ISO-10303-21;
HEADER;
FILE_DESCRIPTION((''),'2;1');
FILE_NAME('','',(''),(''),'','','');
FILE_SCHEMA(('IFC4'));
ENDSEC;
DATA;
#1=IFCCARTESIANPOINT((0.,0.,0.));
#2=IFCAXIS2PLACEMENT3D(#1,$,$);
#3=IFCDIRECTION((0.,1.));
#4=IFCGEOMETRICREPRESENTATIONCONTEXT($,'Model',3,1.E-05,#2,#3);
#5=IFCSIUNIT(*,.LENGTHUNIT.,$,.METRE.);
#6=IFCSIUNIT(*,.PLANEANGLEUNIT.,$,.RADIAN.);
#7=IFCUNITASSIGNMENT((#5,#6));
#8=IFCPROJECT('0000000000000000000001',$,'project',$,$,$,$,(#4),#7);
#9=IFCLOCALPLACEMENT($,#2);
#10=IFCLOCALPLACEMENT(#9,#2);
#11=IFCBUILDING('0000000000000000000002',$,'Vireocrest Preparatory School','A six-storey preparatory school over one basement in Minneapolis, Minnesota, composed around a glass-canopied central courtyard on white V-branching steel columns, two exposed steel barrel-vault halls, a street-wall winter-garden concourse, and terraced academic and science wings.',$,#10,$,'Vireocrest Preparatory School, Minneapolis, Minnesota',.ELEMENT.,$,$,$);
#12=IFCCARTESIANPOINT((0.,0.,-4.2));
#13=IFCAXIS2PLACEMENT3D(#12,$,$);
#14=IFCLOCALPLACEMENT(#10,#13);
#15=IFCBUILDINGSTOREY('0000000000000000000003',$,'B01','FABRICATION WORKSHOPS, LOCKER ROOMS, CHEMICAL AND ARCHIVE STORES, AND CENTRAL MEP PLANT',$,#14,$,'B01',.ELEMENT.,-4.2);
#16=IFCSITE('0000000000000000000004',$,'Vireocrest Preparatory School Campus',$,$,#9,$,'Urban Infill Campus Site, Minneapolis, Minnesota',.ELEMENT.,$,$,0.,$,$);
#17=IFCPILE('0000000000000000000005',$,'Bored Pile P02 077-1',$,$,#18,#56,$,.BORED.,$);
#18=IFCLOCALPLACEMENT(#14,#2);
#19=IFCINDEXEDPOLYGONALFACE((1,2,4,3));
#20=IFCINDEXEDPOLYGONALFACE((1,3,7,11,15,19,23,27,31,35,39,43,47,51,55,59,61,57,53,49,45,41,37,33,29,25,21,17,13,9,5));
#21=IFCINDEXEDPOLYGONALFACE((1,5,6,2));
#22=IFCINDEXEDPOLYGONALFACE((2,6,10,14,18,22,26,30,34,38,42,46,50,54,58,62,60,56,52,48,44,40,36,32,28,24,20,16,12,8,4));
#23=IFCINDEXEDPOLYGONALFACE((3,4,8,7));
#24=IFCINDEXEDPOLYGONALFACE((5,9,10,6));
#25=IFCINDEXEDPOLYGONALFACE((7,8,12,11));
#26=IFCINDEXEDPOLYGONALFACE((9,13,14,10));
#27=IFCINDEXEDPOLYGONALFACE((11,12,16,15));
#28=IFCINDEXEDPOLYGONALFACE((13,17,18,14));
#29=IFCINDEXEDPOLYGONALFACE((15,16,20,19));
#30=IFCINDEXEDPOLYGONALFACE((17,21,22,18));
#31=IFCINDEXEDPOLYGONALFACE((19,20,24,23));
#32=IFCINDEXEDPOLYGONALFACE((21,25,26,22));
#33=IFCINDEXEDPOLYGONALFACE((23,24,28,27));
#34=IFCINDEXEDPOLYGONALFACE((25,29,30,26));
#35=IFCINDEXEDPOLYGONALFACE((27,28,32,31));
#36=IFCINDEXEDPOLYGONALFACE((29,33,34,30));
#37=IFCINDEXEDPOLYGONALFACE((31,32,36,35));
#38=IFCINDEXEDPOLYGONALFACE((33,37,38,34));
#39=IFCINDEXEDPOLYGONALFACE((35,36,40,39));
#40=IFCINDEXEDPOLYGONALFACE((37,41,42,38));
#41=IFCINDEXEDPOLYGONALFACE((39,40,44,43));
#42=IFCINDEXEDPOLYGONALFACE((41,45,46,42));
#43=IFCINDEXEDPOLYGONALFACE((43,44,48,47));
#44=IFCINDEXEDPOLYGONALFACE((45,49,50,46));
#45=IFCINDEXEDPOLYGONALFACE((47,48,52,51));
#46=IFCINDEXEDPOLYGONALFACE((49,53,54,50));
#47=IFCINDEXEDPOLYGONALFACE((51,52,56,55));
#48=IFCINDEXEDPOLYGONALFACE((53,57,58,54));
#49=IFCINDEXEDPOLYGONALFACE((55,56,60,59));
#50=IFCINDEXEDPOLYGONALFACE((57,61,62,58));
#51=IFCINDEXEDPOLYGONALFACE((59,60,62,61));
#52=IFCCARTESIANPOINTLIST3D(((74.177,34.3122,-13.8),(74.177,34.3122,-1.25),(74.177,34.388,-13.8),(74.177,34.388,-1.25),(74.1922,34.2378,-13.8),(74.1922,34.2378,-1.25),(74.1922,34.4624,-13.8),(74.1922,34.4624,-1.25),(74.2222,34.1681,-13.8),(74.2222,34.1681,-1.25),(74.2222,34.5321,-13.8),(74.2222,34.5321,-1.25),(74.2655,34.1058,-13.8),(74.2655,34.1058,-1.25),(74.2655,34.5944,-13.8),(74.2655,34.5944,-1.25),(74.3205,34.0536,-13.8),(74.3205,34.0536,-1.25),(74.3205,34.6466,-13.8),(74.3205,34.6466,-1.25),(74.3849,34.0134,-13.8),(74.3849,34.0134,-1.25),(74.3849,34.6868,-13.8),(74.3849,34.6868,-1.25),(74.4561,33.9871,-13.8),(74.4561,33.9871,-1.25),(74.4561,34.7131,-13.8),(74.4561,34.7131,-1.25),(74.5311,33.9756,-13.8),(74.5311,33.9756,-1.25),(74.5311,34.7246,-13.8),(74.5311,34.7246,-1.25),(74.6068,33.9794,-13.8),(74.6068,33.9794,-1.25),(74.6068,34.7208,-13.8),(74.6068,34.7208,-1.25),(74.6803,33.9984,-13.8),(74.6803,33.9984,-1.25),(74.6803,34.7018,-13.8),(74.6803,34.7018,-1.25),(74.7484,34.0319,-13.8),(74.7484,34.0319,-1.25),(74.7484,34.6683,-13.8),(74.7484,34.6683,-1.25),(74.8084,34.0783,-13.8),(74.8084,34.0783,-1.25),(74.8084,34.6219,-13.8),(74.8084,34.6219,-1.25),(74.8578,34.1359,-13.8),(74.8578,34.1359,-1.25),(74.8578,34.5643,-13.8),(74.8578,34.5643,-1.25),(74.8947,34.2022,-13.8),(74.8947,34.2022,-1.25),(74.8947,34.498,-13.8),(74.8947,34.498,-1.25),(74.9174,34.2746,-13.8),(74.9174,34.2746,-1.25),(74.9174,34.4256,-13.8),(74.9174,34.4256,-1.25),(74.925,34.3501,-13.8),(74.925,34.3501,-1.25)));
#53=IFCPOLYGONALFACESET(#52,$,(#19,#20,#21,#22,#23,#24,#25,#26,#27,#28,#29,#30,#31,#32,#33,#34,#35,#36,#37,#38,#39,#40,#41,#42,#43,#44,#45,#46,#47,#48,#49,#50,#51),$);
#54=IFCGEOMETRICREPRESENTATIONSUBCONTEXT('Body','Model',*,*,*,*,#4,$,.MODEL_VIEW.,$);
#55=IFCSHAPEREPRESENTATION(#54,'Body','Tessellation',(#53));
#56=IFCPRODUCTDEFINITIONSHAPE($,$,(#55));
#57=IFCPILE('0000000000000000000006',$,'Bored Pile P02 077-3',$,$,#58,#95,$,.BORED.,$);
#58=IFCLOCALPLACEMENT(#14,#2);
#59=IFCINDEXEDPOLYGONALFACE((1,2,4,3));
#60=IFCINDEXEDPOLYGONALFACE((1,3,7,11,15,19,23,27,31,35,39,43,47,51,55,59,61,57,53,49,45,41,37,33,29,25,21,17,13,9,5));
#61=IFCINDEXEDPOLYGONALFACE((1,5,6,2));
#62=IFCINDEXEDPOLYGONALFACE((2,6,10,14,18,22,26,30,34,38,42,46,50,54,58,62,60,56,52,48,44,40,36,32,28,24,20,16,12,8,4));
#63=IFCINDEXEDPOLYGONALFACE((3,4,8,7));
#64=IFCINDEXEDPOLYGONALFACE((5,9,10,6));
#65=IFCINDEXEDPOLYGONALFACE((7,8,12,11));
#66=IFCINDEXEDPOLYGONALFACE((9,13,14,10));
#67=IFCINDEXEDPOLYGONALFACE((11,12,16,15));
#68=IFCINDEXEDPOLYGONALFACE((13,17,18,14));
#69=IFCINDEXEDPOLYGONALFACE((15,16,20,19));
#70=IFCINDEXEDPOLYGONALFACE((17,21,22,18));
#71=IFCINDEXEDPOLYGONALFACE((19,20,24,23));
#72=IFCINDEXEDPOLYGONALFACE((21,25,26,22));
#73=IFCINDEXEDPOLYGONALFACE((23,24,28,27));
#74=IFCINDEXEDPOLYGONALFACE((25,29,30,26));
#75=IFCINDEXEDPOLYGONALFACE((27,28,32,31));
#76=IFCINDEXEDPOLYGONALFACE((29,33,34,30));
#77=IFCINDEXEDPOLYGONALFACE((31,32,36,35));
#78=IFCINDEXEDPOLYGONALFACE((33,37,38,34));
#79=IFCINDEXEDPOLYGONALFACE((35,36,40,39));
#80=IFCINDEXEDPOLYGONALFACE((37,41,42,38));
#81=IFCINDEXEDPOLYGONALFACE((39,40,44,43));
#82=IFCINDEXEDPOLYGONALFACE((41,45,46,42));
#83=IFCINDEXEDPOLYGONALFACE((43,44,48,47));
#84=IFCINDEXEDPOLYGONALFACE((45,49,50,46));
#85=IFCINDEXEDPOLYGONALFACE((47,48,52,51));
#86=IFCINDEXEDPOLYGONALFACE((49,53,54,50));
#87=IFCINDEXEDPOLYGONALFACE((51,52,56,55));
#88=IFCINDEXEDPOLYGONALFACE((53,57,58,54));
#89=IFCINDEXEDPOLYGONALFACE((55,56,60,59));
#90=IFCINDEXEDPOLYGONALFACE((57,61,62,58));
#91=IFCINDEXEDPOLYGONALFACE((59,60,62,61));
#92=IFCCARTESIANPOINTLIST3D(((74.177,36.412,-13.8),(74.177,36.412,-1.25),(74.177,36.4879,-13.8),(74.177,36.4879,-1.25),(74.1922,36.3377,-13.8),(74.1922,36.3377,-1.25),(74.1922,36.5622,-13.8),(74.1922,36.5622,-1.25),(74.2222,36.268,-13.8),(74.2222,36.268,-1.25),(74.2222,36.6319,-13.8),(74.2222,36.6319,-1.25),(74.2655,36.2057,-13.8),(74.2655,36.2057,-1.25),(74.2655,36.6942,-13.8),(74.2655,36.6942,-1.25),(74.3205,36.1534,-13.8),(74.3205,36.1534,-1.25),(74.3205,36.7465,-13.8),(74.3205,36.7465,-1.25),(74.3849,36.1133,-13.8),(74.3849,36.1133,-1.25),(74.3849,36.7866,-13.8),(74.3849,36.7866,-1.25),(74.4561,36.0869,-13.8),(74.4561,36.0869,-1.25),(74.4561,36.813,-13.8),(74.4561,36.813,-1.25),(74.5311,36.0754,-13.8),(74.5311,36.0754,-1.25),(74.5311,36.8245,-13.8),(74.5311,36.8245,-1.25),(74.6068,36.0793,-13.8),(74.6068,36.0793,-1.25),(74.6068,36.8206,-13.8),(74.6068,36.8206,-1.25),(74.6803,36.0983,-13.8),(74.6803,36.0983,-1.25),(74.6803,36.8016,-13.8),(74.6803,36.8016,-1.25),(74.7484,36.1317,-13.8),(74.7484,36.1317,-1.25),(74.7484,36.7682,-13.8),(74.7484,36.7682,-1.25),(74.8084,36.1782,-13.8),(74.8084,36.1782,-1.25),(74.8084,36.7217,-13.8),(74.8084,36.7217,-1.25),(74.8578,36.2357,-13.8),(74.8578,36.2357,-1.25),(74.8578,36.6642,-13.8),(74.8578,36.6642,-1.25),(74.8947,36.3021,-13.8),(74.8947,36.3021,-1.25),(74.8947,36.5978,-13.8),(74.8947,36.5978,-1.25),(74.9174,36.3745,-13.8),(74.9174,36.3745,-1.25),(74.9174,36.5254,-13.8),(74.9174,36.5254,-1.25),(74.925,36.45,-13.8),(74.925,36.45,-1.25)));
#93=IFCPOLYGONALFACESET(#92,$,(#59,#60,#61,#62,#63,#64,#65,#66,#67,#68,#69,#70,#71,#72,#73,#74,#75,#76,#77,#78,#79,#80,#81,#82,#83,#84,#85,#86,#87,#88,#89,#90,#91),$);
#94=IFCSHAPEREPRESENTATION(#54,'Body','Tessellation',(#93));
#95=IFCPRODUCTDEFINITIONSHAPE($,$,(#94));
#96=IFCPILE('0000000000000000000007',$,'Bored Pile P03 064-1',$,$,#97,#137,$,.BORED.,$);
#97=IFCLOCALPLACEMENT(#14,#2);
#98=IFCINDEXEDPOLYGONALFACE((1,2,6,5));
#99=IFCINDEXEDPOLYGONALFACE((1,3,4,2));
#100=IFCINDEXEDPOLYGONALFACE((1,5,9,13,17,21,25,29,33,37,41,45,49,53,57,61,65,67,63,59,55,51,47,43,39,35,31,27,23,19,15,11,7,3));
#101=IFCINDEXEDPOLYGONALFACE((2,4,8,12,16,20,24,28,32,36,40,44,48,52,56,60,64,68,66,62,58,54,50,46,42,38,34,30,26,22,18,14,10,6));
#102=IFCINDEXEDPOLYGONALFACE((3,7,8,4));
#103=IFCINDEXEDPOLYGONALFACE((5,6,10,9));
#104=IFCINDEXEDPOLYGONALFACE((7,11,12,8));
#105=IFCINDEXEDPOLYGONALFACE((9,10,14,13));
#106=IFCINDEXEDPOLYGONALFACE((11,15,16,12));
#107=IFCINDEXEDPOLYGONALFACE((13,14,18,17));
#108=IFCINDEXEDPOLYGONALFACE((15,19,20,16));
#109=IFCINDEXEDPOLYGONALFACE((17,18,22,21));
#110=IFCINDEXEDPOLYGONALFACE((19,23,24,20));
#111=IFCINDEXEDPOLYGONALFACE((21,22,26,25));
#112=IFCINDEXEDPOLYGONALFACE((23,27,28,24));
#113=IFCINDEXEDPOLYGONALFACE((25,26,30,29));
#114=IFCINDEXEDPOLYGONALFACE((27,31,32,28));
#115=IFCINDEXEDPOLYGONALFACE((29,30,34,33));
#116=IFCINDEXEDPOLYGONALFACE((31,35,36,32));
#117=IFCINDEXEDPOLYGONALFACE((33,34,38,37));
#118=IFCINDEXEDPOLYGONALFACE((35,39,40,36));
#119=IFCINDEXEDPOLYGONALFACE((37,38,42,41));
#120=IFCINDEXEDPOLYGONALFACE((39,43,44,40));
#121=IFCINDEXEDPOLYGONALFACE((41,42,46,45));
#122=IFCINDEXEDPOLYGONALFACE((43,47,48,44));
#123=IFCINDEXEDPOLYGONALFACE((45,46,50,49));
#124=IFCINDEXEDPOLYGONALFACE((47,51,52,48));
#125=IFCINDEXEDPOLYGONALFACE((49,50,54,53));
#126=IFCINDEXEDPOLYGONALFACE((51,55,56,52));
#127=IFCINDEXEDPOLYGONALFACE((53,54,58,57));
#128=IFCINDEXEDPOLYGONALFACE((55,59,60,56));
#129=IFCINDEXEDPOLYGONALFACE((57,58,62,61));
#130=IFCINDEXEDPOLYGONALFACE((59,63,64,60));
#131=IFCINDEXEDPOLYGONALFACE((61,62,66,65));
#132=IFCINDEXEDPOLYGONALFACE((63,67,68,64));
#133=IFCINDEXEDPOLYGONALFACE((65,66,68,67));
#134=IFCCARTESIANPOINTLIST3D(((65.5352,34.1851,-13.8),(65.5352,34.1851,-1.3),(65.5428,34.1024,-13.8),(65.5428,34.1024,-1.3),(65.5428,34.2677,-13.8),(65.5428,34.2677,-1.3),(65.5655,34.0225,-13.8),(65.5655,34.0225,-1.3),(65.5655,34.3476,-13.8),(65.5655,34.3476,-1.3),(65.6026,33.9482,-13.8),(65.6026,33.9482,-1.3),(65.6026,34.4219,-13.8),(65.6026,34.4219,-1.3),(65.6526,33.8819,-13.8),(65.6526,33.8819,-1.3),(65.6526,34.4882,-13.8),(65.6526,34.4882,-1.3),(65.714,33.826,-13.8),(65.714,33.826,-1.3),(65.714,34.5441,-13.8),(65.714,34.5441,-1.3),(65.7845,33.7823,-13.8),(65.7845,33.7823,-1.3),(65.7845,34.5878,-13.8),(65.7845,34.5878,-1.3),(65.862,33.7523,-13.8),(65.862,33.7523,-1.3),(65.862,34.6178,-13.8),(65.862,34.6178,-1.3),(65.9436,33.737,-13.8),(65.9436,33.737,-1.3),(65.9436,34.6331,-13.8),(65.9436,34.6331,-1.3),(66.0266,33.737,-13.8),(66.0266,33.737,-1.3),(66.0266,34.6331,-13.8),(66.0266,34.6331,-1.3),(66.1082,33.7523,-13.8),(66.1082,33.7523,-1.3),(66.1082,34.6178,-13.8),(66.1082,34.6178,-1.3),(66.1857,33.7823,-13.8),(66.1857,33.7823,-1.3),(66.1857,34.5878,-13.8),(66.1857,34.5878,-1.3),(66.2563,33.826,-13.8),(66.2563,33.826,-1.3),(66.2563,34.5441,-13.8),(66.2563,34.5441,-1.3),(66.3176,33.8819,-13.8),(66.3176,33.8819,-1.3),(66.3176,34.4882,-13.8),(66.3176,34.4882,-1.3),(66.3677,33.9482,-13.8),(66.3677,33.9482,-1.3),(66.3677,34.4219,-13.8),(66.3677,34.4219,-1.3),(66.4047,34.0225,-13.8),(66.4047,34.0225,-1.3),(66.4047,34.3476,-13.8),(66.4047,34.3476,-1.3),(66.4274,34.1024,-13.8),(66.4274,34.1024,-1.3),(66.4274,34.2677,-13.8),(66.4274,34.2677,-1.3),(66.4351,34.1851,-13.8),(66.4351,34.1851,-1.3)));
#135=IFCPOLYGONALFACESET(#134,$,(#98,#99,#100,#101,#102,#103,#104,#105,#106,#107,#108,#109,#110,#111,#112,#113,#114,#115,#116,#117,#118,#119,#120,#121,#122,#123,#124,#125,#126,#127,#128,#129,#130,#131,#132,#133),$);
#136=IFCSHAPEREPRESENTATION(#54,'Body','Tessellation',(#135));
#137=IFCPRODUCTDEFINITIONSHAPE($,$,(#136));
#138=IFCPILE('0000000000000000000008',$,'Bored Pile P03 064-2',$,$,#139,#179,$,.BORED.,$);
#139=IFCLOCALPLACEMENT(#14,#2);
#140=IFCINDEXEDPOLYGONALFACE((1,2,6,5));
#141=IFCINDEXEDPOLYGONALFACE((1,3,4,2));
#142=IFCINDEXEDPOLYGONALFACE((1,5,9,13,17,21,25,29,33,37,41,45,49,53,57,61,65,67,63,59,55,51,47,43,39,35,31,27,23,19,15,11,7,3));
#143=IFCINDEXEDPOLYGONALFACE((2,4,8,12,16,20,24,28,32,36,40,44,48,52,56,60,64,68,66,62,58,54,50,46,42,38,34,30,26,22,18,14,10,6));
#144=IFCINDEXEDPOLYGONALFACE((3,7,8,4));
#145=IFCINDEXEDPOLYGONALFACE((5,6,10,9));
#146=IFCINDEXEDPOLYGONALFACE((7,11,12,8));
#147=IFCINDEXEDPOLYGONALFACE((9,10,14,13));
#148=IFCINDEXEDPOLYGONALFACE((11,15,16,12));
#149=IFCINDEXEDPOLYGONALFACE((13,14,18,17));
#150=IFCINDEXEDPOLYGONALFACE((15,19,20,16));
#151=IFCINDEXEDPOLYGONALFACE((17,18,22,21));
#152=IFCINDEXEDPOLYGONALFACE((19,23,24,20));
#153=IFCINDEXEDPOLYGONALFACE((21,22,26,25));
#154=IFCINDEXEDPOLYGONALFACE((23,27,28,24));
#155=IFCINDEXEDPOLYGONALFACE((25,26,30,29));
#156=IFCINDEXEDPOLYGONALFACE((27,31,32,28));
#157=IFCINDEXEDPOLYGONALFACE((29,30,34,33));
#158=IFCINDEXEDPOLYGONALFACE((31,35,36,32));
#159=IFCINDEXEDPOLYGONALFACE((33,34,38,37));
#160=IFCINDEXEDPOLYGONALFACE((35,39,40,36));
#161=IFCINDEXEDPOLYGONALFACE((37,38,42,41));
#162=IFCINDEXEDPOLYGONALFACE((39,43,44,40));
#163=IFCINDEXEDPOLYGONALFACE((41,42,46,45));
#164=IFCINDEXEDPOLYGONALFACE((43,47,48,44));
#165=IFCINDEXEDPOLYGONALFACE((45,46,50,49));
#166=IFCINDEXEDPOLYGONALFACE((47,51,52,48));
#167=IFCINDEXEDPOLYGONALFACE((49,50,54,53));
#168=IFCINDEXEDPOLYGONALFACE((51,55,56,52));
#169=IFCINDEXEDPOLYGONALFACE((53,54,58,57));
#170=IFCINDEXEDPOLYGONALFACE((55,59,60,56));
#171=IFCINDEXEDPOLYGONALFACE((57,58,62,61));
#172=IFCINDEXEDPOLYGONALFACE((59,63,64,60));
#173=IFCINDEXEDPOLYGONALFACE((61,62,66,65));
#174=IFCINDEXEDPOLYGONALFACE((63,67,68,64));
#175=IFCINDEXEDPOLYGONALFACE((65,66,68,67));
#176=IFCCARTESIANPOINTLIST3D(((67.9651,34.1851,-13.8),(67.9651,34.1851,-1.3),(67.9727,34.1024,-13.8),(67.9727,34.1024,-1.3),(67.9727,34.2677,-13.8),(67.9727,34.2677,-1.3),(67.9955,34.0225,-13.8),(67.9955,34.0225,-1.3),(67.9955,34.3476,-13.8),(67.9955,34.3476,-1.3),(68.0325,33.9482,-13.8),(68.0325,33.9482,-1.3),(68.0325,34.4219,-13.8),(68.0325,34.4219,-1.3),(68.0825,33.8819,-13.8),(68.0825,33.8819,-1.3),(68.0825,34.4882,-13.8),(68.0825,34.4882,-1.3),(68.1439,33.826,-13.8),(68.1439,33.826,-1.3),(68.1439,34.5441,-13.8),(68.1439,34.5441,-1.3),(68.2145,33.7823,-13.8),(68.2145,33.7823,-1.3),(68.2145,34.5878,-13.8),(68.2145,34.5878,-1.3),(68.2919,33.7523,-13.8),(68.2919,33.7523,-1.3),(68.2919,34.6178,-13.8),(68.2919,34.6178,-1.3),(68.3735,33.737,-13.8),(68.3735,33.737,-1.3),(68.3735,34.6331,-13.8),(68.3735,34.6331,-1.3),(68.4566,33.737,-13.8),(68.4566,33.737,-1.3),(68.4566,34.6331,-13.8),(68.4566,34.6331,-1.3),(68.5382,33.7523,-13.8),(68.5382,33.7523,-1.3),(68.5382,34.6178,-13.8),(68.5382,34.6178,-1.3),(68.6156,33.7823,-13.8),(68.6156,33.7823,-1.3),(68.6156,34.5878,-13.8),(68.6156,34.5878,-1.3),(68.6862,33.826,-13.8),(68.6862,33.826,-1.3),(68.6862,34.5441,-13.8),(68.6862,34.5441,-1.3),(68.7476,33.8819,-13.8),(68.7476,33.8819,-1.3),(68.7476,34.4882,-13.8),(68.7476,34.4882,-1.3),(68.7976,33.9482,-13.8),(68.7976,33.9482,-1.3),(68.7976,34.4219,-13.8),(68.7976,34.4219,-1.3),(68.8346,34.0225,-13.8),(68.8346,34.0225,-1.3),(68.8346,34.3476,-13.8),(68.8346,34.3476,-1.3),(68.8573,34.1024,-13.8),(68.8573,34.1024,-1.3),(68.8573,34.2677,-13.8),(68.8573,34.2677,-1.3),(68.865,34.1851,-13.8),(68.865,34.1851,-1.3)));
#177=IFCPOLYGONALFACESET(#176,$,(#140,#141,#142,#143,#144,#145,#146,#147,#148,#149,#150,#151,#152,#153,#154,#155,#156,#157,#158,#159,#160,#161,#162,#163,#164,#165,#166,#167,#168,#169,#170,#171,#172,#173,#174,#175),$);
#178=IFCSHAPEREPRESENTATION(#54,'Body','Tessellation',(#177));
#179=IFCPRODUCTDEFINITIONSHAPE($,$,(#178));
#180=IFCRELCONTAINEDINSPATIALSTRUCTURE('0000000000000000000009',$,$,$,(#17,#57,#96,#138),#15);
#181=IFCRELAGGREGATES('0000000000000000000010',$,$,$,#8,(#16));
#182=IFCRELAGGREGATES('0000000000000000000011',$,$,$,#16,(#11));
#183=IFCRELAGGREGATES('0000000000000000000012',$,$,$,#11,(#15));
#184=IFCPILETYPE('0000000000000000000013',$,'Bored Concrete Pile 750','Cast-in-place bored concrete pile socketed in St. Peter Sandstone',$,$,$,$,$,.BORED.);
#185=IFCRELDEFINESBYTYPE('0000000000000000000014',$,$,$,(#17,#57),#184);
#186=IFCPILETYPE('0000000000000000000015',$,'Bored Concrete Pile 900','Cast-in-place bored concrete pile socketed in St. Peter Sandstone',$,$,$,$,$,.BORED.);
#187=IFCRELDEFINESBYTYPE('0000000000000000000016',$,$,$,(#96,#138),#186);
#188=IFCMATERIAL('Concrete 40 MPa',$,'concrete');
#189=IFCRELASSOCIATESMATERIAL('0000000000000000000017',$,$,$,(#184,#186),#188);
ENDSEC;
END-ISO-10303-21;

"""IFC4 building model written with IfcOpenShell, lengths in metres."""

from ifc_helpers import new_model, si_unit, direction, frame, origin, origin_2d, place, context, subcontext, project, spatial, circle, extrude, material, material_profile, profile_set, type_object, element, save


model = new_model("IFC4")

# Units and contexts
model_context = context("Model", 3, precision=1e-05, world=origin(), true_north=direction((0.0, 1.0)))
body_context = subcontext(model_context, "Body", "Model", "MODEL_VIEW")
ifc_project = project(units=[si_unit("LENGTHUNIT", "METRE"), si_unit("PLANEANGLEUNIT", "RADIAN")], contexts=[model_context])

# Site, building, storey
site_placement = place(None, origin())
site = spatial("IfcSite", under=ifc_project, at=site_placement, Name="Vireocrest Preparatory School Campus", LongName="Urban Infill Campus Site, Minneapolis, Minnesota", CompositionType="ELEMENT", RefElevation=0.0)
building_placement = place(site_placement, origin())
building = spatial("IfcBuilding", under=site, at=building_placement, Name="Vireocrest Preparatory School", Description="A six-storey preparatory school over one basement in Minneapolis, Minnesota, composed around a glass-canopied central courtyard on white V-branching steel columns, two exposed steel barrel-vault halls, a street-wall winter-garden concourse, and terraced academic and science wings.", LongName="Vireocrest Preparatory School, Minneapolis, Minnesota", CompositionType="ELEMENT")
storey_placement = place(building_placement, frame((0.0, 0.0, -4.2)))
storey = spatial("IfcBuildingStorey", under=building, at=storey_placement, Name="B01", Description="FABRICATION WORKSHOPS, LOCKER ROOMS, CHEMICAL AND ARCHIVE STORES, AND CENTRAL MEP PLANT", LongName="B01", CompositionType="ELEMENT", Elevation=-4.2)

# Piles
ifc_material_1 = material(Name="Concrete 40 MPa", Category="concrete")
ifc_material_profile_1 = material_profile(ifc_material_1, circle(Radius=0.375, at=origin_2d()), Name="BORED PILE 750")
ifc_profile_set_1 = profile_set([ifc_material_profile_1], Name="Concrete 40 MPa")
pile_type_1 = type_object("IfcPileType", Name="Bored Concrete Pile 750", Description="Cast-in-place bored concrete pile socketed in St. Peter Sandstone", PredefinedType="BORED", material=ifc_profile_set_1)
for number, where, z_axis, x_axis, name in (
    (1, (74.55, 34.3501, -1.25), (0.0, 0.0, -1.0), (1.0, 0.0, 0.0), "Bored Pile P02 077-1"),
    (2, (74.55, 36.45, -1.25), (0.0, 0.0, -1.0), (1.0, 0.0, 0.0), "Bored Pile P02 077-3"),
):
    element("IfcPile", number, at=place(storey_placement, frame(where, z_axis=z_axis, x_axis=x_axis)), inside=storey, type_object=pile_type_1, Name=name, PredefinedType="BORED", context=body_context, shape_type="SweptSolid", body=[
        extrude(circle(Radius=0.375, at=origin_2d()), origin(), (0.0, 0.0, 1.0), 12.55),
    ])
ifc_material_profile_2 = material_profile(ifc_material_1, circle(Radius=0.45, at=origin_2d()), Name="BORED PILE 900")
ifc_profile_set_2 = profile_set([ifc_material_profile_2], Name="Concrete 40 MPa")
pile_type_2 = type_object("IfcPileType", Name="Bored Concrete Pile 900", Description="Cast-in-place bored concrete pile socketed in St. Peter Sandstone", PredefinedType="BORED", material=ifc_profile_set_2)
for number, where, z_axis, x_axis, name in (
    (3, (65.9851, 34.1851, -1.3), (0.0, 0.0, -1.0), (1.0, 0.0, 0.0), "Bored Pile P03 064-1"),
    (4, (68.415, 34.1851, -1.3), (0.0, 0.0, -1.0), (1.0, 0.0, 0.0), "Bored Pile P03 064-2"),
):
    element("IfcPile", number, at=place(storey_placement, frame(where, z_axis=z_axis, x_axis=x_axis)), inside=storey, type_object=pile_type_2, Name=name, PredefinedType="BORED", context=body_context, shape_type="SweptSolid", body=[
        extrude(circle(Radius=0.45, at=origin_2d()), origin(), (0.0, 0.0, 1.0), 12.5),
    ])

save(model, "model.ifc")
